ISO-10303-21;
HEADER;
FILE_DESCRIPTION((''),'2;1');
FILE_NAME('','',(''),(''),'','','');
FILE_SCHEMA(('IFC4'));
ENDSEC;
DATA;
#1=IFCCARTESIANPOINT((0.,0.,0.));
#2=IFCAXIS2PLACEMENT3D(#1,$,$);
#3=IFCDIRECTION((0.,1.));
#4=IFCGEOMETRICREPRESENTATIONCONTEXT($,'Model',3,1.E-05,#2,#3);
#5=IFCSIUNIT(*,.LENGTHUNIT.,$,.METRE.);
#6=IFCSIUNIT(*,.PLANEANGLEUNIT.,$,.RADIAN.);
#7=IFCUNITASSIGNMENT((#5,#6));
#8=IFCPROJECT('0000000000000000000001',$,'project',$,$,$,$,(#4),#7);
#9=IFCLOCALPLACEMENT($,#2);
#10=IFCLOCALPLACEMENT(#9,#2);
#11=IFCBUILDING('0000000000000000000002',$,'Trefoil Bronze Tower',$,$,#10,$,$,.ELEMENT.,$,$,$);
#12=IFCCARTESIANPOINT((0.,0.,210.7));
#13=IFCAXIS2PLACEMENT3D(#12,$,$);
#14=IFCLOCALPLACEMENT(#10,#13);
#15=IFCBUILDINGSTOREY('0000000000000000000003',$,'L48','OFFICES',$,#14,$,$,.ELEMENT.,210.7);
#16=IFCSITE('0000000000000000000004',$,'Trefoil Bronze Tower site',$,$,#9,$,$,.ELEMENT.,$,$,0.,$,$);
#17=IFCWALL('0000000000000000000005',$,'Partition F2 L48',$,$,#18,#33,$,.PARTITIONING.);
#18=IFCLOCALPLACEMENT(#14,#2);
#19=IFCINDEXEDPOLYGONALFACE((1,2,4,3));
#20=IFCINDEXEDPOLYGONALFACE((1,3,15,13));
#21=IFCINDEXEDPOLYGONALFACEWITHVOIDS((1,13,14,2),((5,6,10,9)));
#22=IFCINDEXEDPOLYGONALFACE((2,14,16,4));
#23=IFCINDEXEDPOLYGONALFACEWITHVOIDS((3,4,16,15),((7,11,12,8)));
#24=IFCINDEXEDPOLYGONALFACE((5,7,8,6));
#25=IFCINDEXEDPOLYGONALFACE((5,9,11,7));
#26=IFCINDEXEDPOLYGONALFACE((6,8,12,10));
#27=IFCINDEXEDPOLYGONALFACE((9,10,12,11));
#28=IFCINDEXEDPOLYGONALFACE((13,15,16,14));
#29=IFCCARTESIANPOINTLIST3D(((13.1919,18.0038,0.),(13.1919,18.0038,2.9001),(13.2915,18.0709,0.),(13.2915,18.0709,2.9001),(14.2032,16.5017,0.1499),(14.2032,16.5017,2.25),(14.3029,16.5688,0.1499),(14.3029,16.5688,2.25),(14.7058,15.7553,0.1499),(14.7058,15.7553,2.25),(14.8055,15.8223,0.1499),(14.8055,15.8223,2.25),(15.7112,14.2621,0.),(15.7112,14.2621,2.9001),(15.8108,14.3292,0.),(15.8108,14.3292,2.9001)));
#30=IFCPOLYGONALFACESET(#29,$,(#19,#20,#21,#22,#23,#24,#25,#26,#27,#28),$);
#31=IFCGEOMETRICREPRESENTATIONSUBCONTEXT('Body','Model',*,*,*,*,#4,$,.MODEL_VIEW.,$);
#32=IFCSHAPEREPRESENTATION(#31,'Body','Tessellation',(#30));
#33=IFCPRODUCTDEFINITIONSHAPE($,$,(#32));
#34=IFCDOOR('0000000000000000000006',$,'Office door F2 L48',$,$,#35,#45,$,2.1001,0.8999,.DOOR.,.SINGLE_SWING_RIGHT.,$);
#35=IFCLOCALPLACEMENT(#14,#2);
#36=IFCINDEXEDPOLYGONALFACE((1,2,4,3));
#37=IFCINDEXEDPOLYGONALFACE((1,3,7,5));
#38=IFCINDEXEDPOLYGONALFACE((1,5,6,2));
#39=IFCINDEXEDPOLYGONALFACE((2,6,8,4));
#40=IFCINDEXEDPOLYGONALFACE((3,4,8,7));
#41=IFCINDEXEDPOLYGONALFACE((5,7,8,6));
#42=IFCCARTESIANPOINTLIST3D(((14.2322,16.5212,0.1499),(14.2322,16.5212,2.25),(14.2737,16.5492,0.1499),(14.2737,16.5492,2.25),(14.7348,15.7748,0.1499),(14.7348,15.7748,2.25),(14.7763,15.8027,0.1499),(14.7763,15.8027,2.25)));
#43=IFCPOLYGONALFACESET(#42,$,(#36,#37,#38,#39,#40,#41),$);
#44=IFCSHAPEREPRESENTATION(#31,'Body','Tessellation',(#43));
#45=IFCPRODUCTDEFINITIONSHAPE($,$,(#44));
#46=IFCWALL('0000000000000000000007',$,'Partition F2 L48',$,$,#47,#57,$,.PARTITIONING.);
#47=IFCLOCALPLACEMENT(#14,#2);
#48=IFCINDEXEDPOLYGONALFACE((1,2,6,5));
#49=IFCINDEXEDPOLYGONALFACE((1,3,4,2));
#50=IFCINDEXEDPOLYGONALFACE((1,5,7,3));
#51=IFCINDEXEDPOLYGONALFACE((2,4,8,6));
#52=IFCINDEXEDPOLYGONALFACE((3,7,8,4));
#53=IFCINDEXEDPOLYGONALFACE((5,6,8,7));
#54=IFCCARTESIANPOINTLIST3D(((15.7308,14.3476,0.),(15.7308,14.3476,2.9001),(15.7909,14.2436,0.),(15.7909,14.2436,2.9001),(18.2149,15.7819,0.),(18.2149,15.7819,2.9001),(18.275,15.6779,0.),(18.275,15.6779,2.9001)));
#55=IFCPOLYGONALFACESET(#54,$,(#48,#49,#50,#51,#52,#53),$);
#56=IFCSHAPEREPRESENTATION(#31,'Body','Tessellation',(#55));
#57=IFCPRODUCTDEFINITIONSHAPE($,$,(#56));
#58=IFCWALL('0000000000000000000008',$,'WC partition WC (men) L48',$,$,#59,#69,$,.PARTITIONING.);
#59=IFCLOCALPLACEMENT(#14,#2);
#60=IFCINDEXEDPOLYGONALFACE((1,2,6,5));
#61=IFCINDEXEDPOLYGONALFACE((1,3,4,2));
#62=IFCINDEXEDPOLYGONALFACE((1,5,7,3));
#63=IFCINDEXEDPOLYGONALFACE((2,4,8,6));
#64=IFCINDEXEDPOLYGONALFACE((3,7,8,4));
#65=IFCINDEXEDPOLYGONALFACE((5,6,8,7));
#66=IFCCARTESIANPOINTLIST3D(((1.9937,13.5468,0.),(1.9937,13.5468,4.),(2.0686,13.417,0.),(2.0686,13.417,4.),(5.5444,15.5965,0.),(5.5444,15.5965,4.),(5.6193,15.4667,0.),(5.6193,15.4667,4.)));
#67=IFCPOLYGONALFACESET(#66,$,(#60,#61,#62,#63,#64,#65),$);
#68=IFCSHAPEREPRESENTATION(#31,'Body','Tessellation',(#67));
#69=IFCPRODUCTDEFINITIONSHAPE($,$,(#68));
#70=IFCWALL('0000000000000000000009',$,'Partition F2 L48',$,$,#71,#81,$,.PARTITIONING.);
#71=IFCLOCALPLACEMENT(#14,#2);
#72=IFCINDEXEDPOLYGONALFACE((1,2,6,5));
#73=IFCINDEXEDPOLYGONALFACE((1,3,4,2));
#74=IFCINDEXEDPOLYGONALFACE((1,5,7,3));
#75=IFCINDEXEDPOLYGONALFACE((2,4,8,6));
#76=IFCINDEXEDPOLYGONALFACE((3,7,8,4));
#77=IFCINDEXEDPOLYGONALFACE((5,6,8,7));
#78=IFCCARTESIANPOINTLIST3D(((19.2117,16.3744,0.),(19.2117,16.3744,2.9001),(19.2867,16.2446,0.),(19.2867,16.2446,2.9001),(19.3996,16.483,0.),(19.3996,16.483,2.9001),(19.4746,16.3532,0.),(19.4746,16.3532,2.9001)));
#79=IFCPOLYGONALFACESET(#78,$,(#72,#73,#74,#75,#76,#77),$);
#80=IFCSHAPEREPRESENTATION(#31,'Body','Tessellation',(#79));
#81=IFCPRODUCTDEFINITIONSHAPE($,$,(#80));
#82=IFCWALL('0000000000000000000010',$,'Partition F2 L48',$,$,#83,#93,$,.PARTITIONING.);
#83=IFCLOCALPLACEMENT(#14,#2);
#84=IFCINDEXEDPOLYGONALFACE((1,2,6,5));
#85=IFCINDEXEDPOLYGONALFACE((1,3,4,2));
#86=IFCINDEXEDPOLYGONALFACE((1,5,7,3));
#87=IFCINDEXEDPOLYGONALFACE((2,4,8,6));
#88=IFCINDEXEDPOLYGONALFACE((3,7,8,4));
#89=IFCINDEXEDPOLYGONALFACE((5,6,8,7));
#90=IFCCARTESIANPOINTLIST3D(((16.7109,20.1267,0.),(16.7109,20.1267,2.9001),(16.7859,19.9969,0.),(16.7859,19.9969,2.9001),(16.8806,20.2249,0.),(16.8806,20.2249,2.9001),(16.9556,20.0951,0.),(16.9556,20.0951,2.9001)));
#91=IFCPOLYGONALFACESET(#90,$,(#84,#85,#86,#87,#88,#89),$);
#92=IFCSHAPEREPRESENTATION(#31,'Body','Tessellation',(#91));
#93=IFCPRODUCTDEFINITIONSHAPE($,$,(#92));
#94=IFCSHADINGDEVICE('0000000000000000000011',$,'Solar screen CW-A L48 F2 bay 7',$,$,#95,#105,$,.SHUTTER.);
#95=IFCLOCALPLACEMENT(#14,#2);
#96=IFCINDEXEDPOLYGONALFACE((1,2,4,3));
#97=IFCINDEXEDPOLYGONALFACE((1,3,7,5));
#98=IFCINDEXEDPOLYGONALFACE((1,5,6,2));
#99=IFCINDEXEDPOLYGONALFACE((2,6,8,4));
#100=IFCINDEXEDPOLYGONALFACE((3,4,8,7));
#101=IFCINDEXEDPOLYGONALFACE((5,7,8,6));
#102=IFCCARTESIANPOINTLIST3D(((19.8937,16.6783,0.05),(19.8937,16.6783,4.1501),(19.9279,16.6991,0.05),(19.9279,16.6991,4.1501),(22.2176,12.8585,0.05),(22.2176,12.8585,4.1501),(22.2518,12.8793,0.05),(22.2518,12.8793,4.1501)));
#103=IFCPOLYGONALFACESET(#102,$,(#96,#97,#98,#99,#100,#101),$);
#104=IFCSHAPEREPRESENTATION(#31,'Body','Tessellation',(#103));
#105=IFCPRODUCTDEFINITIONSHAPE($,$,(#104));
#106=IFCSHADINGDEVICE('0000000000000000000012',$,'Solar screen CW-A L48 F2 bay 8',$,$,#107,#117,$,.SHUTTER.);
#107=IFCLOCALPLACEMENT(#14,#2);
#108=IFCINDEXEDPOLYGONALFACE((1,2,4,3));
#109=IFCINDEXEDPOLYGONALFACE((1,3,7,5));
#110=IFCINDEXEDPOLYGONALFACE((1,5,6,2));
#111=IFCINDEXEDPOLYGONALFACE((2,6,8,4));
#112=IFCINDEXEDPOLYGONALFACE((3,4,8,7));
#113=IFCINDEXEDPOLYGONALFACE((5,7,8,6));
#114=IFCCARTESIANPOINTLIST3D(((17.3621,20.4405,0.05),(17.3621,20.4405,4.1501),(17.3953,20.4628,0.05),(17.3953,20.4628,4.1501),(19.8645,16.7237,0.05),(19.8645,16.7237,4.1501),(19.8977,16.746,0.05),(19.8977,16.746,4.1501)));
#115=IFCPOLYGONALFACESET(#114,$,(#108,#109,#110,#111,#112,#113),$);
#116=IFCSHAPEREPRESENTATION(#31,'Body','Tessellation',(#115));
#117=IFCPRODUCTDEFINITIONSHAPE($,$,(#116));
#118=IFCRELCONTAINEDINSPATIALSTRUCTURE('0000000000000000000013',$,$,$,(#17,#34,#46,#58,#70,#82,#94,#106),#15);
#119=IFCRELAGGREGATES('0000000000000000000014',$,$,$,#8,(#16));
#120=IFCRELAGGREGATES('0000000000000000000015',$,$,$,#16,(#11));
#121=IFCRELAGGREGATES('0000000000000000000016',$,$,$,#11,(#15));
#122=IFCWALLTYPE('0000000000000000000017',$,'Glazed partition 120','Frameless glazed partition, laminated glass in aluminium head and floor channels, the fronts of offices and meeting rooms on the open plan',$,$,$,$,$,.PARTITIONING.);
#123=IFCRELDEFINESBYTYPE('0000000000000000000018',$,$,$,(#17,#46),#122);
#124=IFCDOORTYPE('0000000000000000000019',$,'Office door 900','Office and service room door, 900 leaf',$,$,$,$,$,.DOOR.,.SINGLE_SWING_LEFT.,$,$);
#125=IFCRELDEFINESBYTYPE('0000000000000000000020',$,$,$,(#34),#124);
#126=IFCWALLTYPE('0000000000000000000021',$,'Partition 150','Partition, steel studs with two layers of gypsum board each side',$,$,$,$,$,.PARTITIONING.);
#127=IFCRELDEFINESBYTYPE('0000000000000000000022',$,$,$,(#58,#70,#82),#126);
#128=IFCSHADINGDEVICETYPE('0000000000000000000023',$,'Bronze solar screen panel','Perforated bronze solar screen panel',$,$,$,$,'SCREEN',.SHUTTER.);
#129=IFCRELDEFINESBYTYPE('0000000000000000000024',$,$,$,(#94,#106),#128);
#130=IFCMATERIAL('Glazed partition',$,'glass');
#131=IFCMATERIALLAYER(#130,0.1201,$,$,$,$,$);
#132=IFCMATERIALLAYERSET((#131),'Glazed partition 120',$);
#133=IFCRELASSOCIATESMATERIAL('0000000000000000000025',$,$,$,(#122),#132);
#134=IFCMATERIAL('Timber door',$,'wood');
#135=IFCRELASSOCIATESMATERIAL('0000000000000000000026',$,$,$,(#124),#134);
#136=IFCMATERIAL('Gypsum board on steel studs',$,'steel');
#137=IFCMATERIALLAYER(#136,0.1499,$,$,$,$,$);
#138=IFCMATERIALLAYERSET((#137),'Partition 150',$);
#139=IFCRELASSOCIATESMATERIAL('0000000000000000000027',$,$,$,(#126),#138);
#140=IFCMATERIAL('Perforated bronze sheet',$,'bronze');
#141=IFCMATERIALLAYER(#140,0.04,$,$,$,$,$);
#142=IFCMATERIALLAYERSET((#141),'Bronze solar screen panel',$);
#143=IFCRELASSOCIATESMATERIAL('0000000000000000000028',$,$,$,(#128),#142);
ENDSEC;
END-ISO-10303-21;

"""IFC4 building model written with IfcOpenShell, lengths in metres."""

from ifc_helpers import new_model, si_unit, direction, frame, frame_2d, origin, origin_2d, place, context, subcontext, project, spatial, rectangle, extrude, material, layer, layer_set, type_object, element, fill, save


model = new_model("IFC4")

# Units and contexts
model_context = context("Model", 3, precision=1e-05, world=origin(), true_north=direction((0.0, 1.0)))
body_context = subcontext(model_context, "Body", "Model", "MODEL_VIEW")
ifc_project = project(units=[si_unit("LENGTHUNIT", "METRE"), si_unit("PLANEANGLEUNIT", "RADIAN")], contexts=[model_context])

# Site, building, storey
site_placement = place(None, origin())
site = spatial("IfcSite", under=ifc_project, at=site_placement, Name="Trefoil Bronze Tower site", CompositionType="ELEMENT", RefElevation=0.0)
building_placement = place(site_placement, origin())
building = spatial("IfcBuilding", under=site, at=building_placement, Name="Trefoil Bronze Tower", CompositionType="ELEMENT")
storey_placement = place(building_placement, frame((0.0, 0.0, 210.7)))
storey = spatial("IfcBuildingStorey", under=building, at=storey_placement, Name="L48", Description="OFFICES", CompositionType="ELEMENT", Elevation=210.7)

# Wall, opening, door
ifc_material_1 = material(Name="Glazed partition", Category="glass")
ifc_layer_1 = layer(ifc_material_1, 0.1201)
ifc_layer_set_1 = layer_set([ifc_layer_1], Name="Glazed partition 120")
wall_type_1 = type_object("IfcWallType", Name="Glazed partition 120", Description="Frameless glazed partition, laminated glass in aluminium head and floor channels, the fronts of offices and meeting rooms on the open plan", PredefinedType="PARTITIONING", material=ifc_layer_set_1)
wall_1_placement = place(storey_placement, frame((15.761, 14.2957, 0.0), z_axis=(0.0, 0.0, 1.0), x_axis=(-0.558504, 0.829502, 0.0)))
wall_1 = element("IfcWall", 1, at=wall_1_placement, inside=storey, type_object=wall_type_1, Name="Partition F2 L48", PredefinedType="PARTITIONING", context=body_context, shape_type="SweptSolid", body=[
    extrude(rectangle(XDim=4.5107, YDim=0.1201, at=frame_2d((2.2554, 0.0))), origin(), (0.0, 0.0, 1.0), 2.9001),
])
opening_1_placement = place(wall_1_placement, frame((1.8, 0.0, 0.1499)))
opening_1 = element("IfcOpeningElement", 2, at=opening_1_placement, cuts=wall_1, PredefinedType="OPENING", context=body_context, shape_type="SweptSolid", body=[
    extrude(rectangle(XDim=0.8999, YDim=2.1001, at=frame_2d((0.45, 1.05))), frame((0.0, 0.0701, 0.0), z_axis=(0.0, -1.0, 0.0), x_axis=(1.0, 0.0, 0.0)), (0.0, 0.0, 1.0), 0.1401),
])
ifc_material_2 = material(Name="Timber door", Category="wood")
door_type_1 = type_object("IfcDoorType", Name="Office door 900", Description="Office and service room door, 900 leaf", OperationType="SINGLE_SWING_LEFT", PredefinedType="DOOR", material=ifc_material_2)
door_1_placement = place(opening_1_placement, frame((0.8999, 0.0, 0.0), z_axis=(0.0, 0.0, 1.0), x_axis=(-1.0, 0.0, 0.0)))
door_1 = element("IfcDoor", 3, at=door_1_placement, inside=storey, type_object=door_type_1, Name="Office door F2 L48", OperationType="SINGLE_SWING_RIGHT", OverallHeight=2.1001, OverallWidth=0.8999, PredefinedType="DOOR", context=body_context, shape_type="SweptSolid", body=[
    extrude(rectangle(XDim=0.8999, YDim=2.1001, at=frame_2d((0.45, 1.05))), frame((0.0, 0.0249, 0.0), z_axis=(0.0, -1.0, 0.0), x_axis=(1.0, 0.0, 0.0)), (0.0, 0.0, 1.0), 0.05),
])
fill(opening_1, door_1)

# Walls
wall_2_placement = place(storey_placement, frame((15.761, 14.2957, 0.0), z_axis=(0.0, 0.0, 1.0), x_axis=(0.866008, 0.500029, 0.0)))
element("IfcWall", 4, at=wall_2_placement, inside=storey, type_object=wall_type_1, Name="Partition F2 L48", PredefinedType="PARTITIONING", context=body_context, shape_type="SweptSolid", body=[
    extrude(rectangle(XDim=2.8684, YDim=0.1201, at=frame_2d((1.4341, 0.0))), origin(), (0.0, 0.0, 1.0), 2.9001),
])
ifc_material_3 = material(Name="Gypsum board on steel studs", Category="steel")
ifc_layer_2 = layer(ifc_material_3, 0.1499)
ifc_layer_set_2 = layer_set([ifc_layer_2], Name="Partition 150")
wall_type_2 = type_object("IfcWallType", Name="Partition 150", Description="Partition, steel studs with two layers of gypsum board each side", PredefinedType="PARTITIONING", material=ifc_layer_set_2)
wall_3_placement = place(storey_placement, frame((2.0312, 13.4819, 0.0), z_axis=(0.0, 0.0, 1.0), x_axis=(0.866051, 0.499956, 0.0)))
element("IfcWall", 5, at=wall_3_placement, inside=storey, type_object=wall_type_2, Name="WC partition WC (men) L48", PredefinedType="PARTITIONING", context=body_context, shape_type="SweptSolid", body=[
    extrude(rectangle(XDim=4.0999, YDim=0.1499, at=frame_2d((2.0498, 0.0))), origin(), (0.0, 0.0, 1.0), 4.0),
])
wall_4_placement = place(storey_placement, frame((19.2493, 16.3096, 0.0), z_axis=(0.0, 0.0, 1.0), x_axis=(0.865811, 0.500371, 0.0)))
element("IfcWall", 6, at=wall_4_placement, inside=storey, type_object=wall_type_2, Name="Partition F2 L48", PredefinedType="PARTITIONING", context=body_context, shape_type="SweptSolid", body=[
    extrude(rectangle(XDim=0.217, YDim=0.1499, at=frame_2d((0.1084, 0.0))), origin(), (0.0, 0.0, 1.0), 2.9001),
])
wall_5_placement = place(storey_placement, frame((16.7483, 20.0618, 0.0), z_axis=(0.0, 0.0, 1.0), x_axis=(0.865625, 0.500693, 0.0)))
element("IfcWall", 7, at=wall_5_placement, inside=storey, type_object=wall_type_2, Name="Partition F2 L48", PredefinedType="PARTITIONING", context=body_context, shape_type="SweptSolid", body=[
    extrude(rectangle(XDim=0.196, YDim=0.1499, at=frame_2d((0.0981, 0.0))), origin(), (0.0, 0.0, 1.0), 2.9001),
])

# Shading devices
ifc_material_4 = material(Name="Perforated bronze sheet", Category="bronze")
ifc_layer_3 = layer(ifc_material_4, 0.04)
ifc_layer_set_3 = layer_set([ifc_layer_3], Name="Bronze solar screen panel")
shading_device_type = type_object("IfcShadingDeviceType", Name="Bronze solar screen panel", Description="Perforated bronze solar screen panel", ElementType="SCREEN", PredefinedType="SHUTTER", material=ifc_layer_set_3)
shading_device_1_placement = place(storey_placement, frame((21.0728, 14.7788, 0.05), z_axis=(0.0, 0.0, 1.0), x_axis=(-0.519762, 0.854311, 0.0)))
element("IfcShadingDevice", 8, at=shading_device_1_placement, inside=storey, type_object=shading_device_type, Name="Solar screen CW-A L48 F2 bay 7", PredefinedType="SHUTTER", context=body_context, shape_type="SweptSolid", body=[
    extrude(rectangle(XDim=4.4712, YDim=0.04, at=origin_2d()), origin(), (0.0, 0.0, 1.0), 4.1001),
])
shading_device_2_placement = place(storey_placement, frame((18.6299, 18.5933, 0.05), z_axis=(0.0, 0.0, 1.0), x_axis=(-0.558493, 0.829509, 0.0)))
element("IfcShadingDevice", 9, at=shading_device_2_placement, inside=storey, type_object=shading_device_type, Name="Solar screen CW-A L48 F2 bay 8", PredefinedType="SHUTTER", context=body_context, shape_type="SweptSolid", body=[
    extrude(rectangle(XDim=4.4807, YDim=0.04, at=origin_2d()), origin(), (0.0, 0.0, 1.0), 4.1001),
])

save(model, "model.ifc")
